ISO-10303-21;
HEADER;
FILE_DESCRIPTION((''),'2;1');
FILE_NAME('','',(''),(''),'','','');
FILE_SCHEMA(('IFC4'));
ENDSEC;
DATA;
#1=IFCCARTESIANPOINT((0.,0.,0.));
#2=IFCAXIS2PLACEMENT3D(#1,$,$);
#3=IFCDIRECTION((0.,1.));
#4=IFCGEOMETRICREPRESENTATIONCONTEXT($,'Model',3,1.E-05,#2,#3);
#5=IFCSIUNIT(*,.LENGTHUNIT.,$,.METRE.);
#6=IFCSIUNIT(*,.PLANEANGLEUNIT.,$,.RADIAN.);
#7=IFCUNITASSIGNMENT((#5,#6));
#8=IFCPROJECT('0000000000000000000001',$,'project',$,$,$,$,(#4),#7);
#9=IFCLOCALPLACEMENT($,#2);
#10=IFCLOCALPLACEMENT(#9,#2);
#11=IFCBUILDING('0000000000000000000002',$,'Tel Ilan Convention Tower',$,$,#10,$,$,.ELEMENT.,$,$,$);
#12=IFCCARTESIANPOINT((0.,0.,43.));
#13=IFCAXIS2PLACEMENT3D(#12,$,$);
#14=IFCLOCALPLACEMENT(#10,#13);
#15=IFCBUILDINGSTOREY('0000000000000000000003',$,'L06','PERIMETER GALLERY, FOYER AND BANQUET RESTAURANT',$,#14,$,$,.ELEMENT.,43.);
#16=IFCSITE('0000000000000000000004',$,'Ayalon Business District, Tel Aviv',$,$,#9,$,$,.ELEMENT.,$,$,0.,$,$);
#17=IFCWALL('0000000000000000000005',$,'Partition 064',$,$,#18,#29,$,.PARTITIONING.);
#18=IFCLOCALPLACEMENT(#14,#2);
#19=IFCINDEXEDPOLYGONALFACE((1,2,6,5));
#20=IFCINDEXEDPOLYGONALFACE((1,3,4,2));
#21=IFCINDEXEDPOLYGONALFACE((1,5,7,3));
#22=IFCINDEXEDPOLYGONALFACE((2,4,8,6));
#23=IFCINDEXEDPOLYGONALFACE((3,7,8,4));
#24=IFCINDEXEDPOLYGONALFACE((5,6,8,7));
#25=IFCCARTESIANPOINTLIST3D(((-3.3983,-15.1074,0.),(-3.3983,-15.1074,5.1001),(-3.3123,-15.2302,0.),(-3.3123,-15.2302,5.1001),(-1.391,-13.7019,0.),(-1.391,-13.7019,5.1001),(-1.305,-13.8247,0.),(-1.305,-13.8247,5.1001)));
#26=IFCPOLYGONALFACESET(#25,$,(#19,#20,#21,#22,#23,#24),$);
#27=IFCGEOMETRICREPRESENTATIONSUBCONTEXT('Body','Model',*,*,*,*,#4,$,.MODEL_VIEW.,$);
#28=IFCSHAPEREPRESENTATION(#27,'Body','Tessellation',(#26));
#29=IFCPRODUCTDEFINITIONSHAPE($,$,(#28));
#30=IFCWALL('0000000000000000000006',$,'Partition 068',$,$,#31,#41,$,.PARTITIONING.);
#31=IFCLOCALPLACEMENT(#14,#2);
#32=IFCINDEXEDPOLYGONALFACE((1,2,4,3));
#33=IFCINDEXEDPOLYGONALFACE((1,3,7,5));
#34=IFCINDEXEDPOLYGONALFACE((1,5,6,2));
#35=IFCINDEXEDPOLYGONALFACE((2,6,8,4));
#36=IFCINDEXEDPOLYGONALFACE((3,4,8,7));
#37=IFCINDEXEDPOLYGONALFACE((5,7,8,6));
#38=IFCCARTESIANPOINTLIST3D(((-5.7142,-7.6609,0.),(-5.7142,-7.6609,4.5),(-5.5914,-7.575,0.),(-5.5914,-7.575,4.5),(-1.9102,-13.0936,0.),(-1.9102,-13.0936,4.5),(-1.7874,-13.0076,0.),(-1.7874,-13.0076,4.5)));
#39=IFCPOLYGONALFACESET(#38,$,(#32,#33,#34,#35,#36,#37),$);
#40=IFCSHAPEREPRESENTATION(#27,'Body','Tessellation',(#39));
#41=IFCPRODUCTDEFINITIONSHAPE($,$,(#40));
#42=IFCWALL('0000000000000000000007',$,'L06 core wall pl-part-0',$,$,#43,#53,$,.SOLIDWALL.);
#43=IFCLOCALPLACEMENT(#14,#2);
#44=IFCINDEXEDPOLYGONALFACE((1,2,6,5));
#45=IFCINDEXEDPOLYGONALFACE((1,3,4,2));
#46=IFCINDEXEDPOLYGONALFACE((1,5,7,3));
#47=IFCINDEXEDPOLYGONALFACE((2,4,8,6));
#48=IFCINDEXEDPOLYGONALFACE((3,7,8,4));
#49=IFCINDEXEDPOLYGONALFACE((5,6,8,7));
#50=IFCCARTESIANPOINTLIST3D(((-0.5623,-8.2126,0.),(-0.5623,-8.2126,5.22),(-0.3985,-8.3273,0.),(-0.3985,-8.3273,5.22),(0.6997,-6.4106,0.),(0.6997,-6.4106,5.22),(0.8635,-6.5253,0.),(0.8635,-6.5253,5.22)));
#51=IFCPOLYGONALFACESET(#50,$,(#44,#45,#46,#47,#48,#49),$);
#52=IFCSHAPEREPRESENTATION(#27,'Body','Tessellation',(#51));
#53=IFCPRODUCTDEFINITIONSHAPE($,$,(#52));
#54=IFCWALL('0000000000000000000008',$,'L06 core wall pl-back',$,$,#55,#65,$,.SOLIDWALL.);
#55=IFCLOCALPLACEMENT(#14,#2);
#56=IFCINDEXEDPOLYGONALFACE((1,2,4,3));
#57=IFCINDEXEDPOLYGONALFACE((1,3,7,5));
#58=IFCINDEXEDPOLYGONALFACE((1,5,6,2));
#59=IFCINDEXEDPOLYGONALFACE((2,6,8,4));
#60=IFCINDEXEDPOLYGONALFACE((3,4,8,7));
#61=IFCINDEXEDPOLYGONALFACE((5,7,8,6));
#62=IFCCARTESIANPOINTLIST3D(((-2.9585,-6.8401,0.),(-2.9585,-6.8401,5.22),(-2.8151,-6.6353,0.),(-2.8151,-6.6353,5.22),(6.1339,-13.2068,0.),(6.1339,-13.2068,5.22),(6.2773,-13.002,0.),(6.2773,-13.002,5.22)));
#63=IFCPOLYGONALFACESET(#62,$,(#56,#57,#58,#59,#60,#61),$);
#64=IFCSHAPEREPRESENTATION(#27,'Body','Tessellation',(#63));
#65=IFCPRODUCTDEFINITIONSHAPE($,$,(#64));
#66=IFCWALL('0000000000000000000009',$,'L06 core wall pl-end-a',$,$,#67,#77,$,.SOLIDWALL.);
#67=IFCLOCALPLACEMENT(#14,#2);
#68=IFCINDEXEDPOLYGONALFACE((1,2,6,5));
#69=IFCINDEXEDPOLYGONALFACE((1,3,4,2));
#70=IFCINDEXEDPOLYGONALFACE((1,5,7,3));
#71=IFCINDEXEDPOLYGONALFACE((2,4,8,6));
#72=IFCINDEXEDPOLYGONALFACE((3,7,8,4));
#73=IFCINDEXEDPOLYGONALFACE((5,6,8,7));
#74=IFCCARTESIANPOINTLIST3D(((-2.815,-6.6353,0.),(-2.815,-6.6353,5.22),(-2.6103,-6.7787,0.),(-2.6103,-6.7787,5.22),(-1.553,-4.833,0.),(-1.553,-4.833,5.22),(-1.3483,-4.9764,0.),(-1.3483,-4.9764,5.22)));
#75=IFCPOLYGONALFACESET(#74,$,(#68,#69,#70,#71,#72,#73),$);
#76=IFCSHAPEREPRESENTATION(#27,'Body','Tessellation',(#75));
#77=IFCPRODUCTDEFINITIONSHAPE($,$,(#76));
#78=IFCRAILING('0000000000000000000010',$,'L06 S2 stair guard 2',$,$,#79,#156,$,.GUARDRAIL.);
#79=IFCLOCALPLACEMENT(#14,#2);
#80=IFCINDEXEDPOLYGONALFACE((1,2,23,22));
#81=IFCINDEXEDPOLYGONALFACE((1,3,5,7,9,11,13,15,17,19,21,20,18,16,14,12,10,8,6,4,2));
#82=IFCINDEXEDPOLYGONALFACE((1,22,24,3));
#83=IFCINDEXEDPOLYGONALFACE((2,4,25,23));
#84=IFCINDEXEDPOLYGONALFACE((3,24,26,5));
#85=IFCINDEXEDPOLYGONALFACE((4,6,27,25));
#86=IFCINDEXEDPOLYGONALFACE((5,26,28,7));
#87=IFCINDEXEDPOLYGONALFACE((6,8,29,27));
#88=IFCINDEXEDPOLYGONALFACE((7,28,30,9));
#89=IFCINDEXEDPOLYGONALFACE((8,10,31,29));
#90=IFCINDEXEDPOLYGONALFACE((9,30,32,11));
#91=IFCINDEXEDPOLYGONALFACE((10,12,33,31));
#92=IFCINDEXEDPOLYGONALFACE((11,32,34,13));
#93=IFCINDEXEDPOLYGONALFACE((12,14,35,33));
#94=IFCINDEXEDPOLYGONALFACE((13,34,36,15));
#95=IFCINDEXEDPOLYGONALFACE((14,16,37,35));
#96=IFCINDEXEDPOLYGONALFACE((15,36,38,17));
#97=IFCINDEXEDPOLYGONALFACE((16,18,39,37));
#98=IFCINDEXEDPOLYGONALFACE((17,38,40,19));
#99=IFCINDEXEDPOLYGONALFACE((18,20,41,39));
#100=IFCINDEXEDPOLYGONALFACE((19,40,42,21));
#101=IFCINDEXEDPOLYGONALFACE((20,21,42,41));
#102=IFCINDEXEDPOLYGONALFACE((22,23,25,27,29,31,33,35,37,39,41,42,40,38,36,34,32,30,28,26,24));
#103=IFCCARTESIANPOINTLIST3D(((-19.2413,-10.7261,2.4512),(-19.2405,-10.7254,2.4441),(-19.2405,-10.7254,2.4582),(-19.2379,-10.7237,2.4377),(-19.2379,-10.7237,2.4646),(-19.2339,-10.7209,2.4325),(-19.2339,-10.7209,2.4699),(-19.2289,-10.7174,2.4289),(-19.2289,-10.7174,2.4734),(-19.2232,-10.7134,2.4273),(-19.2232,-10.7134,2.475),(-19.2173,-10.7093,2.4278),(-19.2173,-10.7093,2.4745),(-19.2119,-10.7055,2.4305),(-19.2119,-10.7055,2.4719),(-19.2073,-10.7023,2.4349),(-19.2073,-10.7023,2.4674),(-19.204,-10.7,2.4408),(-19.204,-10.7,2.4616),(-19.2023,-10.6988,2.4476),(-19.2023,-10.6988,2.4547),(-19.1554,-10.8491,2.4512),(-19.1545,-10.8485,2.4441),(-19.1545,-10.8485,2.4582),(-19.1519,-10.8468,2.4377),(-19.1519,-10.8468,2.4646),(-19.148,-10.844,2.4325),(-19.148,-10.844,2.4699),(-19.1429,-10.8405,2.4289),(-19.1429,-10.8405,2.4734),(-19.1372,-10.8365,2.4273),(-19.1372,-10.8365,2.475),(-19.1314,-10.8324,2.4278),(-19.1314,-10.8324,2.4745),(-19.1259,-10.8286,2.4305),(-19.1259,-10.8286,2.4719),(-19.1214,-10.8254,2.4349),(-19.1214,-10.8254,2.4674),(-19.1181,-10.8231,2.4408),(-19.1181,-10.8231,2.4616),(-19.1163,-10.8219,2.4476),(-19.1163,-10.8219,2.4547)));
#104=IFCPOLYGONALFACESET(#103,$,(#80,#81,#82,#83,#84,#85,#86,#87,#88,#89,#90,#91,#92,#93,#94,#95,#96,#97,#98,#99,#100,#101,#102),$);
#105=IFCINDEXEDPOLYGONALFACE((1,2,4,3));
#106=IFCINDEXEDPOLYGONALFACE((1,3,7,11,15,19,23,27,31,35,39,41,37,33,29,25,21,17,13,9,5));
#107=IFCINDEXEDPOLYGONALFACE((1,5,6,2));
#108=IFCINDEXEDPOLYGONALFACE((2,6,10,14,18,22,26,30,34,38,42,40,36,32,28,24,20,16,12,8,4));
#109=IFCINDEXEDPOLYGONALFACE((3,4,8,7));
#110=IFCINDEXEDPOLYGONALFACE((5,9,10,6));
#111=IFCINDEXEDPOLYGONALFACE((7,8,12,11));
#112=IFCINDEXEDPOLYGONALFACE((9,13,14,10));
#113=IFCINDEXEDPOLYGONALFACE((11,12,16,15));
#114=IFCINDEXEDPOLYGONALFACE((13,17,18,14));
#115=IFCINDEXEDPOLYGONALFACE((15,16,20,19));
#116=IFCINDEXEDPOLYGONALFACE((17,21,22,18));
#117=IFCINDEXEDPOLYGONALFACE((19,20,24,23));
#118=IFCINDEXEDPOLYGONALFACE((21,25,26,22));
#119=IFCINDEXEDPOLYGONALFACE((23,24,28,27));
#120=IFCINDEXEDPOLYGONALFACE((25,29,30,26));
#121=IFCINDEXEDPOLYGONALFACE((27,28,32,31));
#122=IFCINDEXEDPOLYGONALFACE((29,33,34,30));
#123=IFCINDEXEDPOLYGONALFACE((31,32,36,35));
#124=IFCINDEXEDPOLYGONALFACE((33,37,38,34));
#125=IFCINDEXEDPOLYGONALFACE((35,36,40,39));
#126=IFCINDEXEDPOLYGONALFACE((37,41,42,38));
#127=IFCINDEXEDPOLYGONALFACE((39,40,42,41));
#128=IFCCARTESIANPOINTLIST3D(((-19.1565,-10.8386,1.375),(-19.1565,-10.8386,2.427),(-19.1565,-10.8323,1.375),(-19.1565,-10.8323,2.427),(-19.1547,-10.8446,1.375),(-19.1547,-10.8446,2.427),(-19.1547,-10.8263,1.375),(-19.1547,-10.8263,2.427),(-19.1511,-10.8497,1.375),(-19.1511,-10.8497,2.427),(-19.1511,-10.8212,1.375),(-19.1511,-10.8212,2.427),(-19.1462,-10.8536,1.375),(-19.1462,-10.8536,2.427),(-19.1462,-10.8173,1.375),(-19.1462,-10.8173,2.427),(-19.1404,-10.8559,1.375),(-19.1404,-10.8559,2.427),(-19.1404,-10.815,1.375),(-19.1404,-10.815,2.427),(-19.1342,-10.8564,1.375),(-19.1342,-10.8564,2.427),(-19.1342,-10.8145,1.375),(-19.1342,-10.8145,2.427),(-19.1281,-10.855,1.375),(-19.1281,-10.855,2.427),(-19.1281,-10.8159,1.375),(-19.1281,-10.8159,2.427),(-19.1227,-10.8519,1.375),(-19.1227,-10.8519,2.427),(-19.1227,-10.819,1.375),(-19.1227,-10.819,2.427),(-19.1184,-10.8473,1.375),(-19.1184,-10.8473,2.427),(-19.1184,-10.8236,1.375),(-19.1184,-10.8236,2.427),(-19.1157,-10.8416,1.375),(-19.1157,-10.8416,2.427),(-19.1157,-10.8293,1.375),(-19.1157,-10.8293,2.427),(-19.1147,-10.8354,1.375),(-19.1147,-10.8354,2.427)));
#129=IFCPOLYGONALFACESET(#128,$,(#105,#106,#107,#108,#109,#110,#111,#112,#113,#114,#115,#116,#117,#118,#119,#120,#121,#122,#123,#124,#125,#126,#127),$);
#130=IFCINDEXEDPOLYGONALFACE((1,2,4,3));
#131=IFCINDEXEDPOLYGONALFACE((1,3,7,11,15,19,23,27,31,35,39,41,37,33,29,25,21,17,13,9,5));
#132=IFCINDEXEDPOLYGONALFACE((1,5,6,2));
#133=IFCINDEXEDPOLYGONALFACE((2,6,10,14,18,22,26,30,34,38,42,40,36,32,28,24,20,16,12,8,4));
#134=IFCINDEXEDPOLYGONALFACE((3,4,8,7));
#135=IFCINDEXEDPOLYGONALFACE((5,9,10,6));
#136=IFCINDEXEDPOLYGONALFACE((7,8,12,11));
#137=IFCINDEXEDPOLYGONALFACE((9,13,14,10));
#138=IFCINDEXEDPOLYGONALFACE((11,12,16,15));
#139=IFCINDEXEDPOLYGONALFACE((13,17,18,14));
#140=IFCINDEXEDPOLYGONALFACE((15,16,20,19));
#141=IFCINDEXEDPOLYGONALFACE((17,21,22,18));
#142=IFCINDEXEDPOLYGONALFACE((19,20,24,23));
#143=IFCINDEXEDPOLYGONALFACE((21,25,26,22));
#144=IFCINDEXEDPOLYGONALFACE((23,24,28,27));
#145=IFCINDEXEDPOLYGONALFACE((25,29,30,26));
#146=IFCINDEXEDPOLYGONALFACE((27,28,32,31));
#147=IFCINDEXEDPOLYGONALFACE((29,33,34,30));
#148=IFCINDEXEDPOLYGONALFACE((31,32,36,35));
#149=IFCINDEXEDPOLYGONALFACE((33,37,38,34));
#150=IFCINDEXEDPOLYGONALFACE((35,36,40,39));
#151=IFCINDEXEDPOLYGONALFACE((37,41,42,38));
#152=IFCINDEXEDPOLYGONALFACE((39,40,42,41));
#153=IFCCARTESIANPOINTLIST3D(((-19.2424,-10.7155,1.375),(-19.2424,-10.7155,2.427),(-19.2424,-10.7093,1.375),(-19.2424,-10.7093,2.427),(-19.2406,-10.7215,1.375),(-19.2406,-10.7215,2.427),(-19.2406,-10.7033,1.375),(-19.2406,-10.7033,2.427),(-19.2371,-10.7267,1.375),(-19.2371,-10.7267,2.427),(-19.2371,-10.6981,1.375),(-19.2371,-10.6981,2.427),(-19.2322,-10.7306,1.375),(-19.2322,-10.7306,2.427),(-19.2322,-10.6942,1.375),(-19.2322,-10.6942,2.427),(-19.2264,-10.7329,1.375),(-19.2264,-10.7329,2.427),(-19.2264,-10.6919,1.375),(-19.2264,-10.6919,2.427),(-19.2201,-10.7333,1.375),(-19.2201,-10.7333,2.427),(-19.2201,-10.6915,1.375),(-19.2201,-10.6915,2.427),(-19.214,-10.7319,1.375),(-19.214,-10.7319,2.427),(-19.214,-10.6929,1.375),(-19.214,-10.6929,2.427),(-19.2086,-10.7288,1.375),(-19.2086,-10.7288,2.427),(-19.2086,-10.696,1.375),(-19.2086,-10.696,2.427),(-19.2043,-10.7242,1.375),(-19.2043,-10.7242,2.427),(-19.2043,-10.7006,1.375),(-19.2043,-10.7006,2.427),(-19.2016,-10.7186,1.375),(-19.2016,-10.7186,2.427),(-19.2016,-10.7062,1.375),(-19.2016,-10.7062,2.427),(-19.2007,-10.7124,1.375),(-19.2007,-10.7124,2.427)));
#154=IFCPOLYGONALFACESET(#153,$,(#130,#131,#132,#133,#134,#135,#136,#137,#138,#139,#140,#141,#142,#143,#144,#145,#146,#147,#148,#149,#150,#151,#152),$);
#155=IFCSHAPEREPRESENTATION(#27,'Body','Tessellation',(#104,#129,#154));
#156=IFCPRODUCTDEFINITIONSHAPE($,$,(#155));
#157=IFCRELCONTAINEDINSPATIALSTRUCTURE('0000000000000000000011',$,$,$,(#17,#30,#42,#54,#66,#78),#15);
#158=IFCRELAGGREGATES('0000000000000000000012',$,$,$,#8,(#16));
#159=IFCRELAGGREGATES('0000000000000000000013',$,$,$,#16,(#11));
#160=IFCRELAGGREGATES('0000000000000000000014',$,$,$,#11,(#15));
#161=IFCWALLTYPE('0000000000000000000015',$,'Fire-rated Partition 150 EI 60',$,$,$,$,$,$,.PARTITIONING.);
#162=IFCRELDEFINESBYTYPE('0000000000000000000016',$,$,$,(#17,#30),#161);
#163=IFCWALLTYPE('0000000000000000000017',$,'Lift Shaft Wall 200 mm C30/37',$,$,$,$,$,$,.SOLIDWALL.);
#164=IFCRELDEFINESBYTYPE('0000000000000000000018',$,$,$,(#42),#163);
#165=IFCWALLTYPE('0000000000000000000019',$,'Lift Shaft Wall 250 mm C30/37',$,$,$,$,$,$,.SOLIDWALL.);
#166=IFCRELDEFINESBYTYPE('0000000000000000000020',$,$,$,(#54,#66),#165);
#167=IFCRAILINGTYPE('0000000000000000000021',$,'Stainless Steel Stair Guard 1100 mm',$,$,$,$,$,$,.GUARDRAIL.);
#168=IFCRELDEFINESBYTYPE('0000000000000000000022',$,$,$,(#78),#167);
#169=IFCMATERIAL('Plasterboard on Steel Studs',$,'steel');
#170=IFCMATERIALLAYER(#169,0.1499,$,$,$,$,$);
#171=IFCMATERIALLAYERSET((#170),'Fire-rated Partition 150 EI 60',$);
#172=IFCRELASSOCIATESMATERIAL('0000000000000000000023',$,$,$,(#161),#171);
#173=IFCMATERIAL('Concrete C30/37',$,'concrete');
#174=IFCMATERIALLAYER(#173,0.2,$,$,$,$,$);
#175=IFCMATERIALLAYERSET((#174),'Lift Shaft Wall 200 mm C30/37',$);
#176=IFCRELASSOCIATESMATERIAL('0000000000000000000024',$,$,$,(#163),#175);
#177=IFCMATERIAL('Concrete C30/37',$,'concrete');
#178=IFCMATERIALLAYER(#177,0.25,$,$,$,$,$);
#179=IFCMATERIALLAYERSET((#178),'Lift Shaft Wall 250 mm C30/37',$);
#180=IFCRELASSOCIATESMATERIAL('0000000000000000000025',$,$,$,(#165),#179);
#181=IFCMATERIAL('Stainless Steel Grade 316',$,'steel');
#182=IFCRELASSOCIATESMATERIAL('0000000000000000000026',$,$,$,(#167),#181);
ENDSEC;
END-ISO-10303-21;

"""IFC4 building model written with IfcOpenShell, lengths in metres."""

from ifc_helpers import new_model, si_unit, direction, frame, frame_2d, origin, origin_2d, place, context, subcontext, project, spatial, rectangle, circle, extrude, material, layer, layer_set, type_object, element, save


model = new_model("IFC4")

# Units and contexts
model_context = context("Model", 3, precision=1e-05, world=origin(), true_north=direction((0.0, 1.0)))
body_context = subcontext(model_context, "Body", "Model", "MODEL_VIEW")
ifc_project = project(units=[si_unit("LENGTHUNIT", "METRE"), si_unit("PLANEANGLEUNIT", "RADIAN")], contexts=[model_context])

# Site, building, storey
site_placement = place(None, origin())
site = spatial("IfcSite", under=ifc_project, at=site_placement, Name="Ayalon Business District, Tel Aviv", CompositionType="ELEMENT", RefElevation=0.0)
building_placement = place(site_placement, origin())
building = spatial("IfcBuilding", under=site, at=building_placement, Name="Tel Ilan Convention Tower", CompositionType="ELEMENT")
storey_placement = place(building_placement, frame((0.0, 0.0, 43.0)))
storey = spatial("IfcBuildingStorey", under=building, at=storey_placement, Name="L06", Description="PERIMETER GALLERY, FOYER AND BANQUET RESTAURANT", CompositionType="ELEMENT", Elevation=43.0)

# Shared definitions
ifc_material_1 = material(Name="Plasterboard on Steel Studs", Category="steel")
ifc_layer_1 = layer(ifc_material_1, 0.1499)
ifc_layer_set_1 = layer_set([ifc_layer_1], Name="Fire-rated Partition 150 EI 60")
wall_type_1 = type_object("IfcWallType", Name="Fire-rated Partition 150 EI 60", PredefinedType="PARTITIONING", material=ifc_layer_set_1)

# Walls
wall_1_placement = place(storey_placement, frame((-3.3552, -15.1687, 0.0), z_axis=(0.0, 0.0, 1.0), x_axis=(0.819157, 0.573569, 0.0)))
element("IfcWall", 1, at=wall_1_placement, inside=storey, type_object=wall_type_1, Name="Partition 064", PredefinedType="PARTITIONING", context=body_context, shape_type="SweptSolid", body=[
    extrude(rectangle(XDim=2.4504, YDim=0.1499, at=frame_2d((1.2251, 0.0))), origin(), (0.0, 0.0, 1.0), 5.1001),
])
wall_2_placement = place(storey_placement, frame((-1.8489, -13.0505, 0.0), z_axis=(0.0, 0.0, 1.0), x_axis=(-0.573576, 0.819152, 0.0)))
element("IfcWall", 2, at=wall_2_placement, inside=storey, type_object=wall_type_1, Name="Partition 068", PredefinedType="PARTITIONING", context=body_context, shape_type="SweptSolid", body=[
    extrude(rectangle(XDim=6.6321, YDim=0.1499, at=frame_2d((3.3159, 0.0))), origin(), (0.0, 0.0, 1.0), 4.5),
])
ifc_material_2 = material(Name="Concrete C30/37", Category="concrete")
ifc_layer_2 = layer(ifc_material_2, 0.2)
ifc_layer_set_2 = layer_set([ifc_layer_2], Name="Lift Shaft Wall 200 mm C30/37")
wall_type_2 = type_object("IfcWallType", Name="Lift Shaft Wall 200 mm C30/37", PredefinedType="SOLIDWALL", material=ifc_layer_set_2)
wall_3_placement = place(storey_placement, frame((-0.4805, -8.27, 0.0), z_axis=(0.0, 0.0, 1.0), x_axis=(0.573634, 0.819112, 0.0)))
element("IfcWall", 3, at=wall_3_placement, inside=storey, type_object=wall_type_2, Name="L06 core wall pl-part-0", PredefinedType="SOLIDWALL", context=body_context, shape_type="SweptSolid", body=[
    extrude(rectangle(XDim=2.2, YDim=0.2, at=frame_2d((1.1001, 0.0))), origin(), (0.0, 0.0, 1.0), 5.22),
])
ifc_material_3 = material(Name="Concrete C30/37", Category="concrete")
ifc_layer_3 = layer(ifc_material_3, 0.25)
ifc_layer_set_3 = layer_set([ifc_layer_3], Name="Lift Shaft Wall 250 mm C30/37")
wall_type_3 = type_object("IfcWallType", Name="Lift Shaft Wall 250 mm C30/37", PredefinedType="SOLIDWALL", material=ifc_layer_set_3)
wall_4_placement = place(storey_placement, frame((-2.8867, -6.7378, 0.0), z_axis=(0.0, 0.0, 1.0), x_axis=(0.81915, -0.573579, 0.0)))
element("IfcWall", 4, at=wall_4_placement, inside=storey, type_object=wall_type_3, Name="L06 core wall pl-back", PredefinedType="SOLIDWALL", context=body_context, shape_type="SweptSolid", body=[
    extrude(rectangle(XDim=11.0999, YDim=0.25, at=frame_2d((5.5498, 0.0))), origin(), (0.0, 0.0, 1.0), 5.22),
])
wall_5_placement = place(storey_placement, frame((-2.7126, -6.707, 0.0), z_axis=(0.0, 0.0, 1.0), x_axis=(0.573581, 0.819149, 0.0)))
element("IfcWall", 5, at=wall_5_placement, inside=storey, type_object=wall_type_3, Name="L06 core wall pl-end-a", PredefinedType="SOLIDWALL", context=body_context, shape_type="SweptSolid", body=[
    extrude(rectangle(XDim=2.2002, YDim=0.25, at=frame_2d((1.1001, 0.0))), origin(), (0.0, 0.0, 1.0), 5.22),
])

# Railing
ifc_material_4 = material(Name="Stainless Steel Grade 316", Category="steel")
railing_type_1 = type_object("IfcRailingType", Name="Stainless Steel Stair Guard 1100 mm", PredefinedType="GUARDRAIL", material=ifc_material_4)
railing_1_placement = place(storey_placement, frame((-19.1357, -10.8354, 1.375)))
element("IfcRailing", 6, at=railing_1_placement, inside=storey, type_object=railing_type_1, Name="L06 S2 stair guard 2", PredefinedType="GUARDRAIL", context=body_context, shape_type="SweptSolid", body=[
    extrude(circle(Radius=0.0239, at=origin_2d()), frame((0.0, 0.0, 1.0762), z_axis=(-0.572589, 0.819843, 0.0), x_axis=(-0.819843, -0.572589, 0.0)), (0.0, 0.0, 1.0), 0.1501),
    extrude(circle(Radius=0.021, at=origin_2d()), origin(), (0.0, 0.0, 1.0), 1.052),
    extrude(circle(Radius=0.021, at=origin_2d()), frame((-0.0859, 0.123, 0.0)), (0.0, 0.0, 1.0), 1.052),
])

save(model, "model.ifc")
